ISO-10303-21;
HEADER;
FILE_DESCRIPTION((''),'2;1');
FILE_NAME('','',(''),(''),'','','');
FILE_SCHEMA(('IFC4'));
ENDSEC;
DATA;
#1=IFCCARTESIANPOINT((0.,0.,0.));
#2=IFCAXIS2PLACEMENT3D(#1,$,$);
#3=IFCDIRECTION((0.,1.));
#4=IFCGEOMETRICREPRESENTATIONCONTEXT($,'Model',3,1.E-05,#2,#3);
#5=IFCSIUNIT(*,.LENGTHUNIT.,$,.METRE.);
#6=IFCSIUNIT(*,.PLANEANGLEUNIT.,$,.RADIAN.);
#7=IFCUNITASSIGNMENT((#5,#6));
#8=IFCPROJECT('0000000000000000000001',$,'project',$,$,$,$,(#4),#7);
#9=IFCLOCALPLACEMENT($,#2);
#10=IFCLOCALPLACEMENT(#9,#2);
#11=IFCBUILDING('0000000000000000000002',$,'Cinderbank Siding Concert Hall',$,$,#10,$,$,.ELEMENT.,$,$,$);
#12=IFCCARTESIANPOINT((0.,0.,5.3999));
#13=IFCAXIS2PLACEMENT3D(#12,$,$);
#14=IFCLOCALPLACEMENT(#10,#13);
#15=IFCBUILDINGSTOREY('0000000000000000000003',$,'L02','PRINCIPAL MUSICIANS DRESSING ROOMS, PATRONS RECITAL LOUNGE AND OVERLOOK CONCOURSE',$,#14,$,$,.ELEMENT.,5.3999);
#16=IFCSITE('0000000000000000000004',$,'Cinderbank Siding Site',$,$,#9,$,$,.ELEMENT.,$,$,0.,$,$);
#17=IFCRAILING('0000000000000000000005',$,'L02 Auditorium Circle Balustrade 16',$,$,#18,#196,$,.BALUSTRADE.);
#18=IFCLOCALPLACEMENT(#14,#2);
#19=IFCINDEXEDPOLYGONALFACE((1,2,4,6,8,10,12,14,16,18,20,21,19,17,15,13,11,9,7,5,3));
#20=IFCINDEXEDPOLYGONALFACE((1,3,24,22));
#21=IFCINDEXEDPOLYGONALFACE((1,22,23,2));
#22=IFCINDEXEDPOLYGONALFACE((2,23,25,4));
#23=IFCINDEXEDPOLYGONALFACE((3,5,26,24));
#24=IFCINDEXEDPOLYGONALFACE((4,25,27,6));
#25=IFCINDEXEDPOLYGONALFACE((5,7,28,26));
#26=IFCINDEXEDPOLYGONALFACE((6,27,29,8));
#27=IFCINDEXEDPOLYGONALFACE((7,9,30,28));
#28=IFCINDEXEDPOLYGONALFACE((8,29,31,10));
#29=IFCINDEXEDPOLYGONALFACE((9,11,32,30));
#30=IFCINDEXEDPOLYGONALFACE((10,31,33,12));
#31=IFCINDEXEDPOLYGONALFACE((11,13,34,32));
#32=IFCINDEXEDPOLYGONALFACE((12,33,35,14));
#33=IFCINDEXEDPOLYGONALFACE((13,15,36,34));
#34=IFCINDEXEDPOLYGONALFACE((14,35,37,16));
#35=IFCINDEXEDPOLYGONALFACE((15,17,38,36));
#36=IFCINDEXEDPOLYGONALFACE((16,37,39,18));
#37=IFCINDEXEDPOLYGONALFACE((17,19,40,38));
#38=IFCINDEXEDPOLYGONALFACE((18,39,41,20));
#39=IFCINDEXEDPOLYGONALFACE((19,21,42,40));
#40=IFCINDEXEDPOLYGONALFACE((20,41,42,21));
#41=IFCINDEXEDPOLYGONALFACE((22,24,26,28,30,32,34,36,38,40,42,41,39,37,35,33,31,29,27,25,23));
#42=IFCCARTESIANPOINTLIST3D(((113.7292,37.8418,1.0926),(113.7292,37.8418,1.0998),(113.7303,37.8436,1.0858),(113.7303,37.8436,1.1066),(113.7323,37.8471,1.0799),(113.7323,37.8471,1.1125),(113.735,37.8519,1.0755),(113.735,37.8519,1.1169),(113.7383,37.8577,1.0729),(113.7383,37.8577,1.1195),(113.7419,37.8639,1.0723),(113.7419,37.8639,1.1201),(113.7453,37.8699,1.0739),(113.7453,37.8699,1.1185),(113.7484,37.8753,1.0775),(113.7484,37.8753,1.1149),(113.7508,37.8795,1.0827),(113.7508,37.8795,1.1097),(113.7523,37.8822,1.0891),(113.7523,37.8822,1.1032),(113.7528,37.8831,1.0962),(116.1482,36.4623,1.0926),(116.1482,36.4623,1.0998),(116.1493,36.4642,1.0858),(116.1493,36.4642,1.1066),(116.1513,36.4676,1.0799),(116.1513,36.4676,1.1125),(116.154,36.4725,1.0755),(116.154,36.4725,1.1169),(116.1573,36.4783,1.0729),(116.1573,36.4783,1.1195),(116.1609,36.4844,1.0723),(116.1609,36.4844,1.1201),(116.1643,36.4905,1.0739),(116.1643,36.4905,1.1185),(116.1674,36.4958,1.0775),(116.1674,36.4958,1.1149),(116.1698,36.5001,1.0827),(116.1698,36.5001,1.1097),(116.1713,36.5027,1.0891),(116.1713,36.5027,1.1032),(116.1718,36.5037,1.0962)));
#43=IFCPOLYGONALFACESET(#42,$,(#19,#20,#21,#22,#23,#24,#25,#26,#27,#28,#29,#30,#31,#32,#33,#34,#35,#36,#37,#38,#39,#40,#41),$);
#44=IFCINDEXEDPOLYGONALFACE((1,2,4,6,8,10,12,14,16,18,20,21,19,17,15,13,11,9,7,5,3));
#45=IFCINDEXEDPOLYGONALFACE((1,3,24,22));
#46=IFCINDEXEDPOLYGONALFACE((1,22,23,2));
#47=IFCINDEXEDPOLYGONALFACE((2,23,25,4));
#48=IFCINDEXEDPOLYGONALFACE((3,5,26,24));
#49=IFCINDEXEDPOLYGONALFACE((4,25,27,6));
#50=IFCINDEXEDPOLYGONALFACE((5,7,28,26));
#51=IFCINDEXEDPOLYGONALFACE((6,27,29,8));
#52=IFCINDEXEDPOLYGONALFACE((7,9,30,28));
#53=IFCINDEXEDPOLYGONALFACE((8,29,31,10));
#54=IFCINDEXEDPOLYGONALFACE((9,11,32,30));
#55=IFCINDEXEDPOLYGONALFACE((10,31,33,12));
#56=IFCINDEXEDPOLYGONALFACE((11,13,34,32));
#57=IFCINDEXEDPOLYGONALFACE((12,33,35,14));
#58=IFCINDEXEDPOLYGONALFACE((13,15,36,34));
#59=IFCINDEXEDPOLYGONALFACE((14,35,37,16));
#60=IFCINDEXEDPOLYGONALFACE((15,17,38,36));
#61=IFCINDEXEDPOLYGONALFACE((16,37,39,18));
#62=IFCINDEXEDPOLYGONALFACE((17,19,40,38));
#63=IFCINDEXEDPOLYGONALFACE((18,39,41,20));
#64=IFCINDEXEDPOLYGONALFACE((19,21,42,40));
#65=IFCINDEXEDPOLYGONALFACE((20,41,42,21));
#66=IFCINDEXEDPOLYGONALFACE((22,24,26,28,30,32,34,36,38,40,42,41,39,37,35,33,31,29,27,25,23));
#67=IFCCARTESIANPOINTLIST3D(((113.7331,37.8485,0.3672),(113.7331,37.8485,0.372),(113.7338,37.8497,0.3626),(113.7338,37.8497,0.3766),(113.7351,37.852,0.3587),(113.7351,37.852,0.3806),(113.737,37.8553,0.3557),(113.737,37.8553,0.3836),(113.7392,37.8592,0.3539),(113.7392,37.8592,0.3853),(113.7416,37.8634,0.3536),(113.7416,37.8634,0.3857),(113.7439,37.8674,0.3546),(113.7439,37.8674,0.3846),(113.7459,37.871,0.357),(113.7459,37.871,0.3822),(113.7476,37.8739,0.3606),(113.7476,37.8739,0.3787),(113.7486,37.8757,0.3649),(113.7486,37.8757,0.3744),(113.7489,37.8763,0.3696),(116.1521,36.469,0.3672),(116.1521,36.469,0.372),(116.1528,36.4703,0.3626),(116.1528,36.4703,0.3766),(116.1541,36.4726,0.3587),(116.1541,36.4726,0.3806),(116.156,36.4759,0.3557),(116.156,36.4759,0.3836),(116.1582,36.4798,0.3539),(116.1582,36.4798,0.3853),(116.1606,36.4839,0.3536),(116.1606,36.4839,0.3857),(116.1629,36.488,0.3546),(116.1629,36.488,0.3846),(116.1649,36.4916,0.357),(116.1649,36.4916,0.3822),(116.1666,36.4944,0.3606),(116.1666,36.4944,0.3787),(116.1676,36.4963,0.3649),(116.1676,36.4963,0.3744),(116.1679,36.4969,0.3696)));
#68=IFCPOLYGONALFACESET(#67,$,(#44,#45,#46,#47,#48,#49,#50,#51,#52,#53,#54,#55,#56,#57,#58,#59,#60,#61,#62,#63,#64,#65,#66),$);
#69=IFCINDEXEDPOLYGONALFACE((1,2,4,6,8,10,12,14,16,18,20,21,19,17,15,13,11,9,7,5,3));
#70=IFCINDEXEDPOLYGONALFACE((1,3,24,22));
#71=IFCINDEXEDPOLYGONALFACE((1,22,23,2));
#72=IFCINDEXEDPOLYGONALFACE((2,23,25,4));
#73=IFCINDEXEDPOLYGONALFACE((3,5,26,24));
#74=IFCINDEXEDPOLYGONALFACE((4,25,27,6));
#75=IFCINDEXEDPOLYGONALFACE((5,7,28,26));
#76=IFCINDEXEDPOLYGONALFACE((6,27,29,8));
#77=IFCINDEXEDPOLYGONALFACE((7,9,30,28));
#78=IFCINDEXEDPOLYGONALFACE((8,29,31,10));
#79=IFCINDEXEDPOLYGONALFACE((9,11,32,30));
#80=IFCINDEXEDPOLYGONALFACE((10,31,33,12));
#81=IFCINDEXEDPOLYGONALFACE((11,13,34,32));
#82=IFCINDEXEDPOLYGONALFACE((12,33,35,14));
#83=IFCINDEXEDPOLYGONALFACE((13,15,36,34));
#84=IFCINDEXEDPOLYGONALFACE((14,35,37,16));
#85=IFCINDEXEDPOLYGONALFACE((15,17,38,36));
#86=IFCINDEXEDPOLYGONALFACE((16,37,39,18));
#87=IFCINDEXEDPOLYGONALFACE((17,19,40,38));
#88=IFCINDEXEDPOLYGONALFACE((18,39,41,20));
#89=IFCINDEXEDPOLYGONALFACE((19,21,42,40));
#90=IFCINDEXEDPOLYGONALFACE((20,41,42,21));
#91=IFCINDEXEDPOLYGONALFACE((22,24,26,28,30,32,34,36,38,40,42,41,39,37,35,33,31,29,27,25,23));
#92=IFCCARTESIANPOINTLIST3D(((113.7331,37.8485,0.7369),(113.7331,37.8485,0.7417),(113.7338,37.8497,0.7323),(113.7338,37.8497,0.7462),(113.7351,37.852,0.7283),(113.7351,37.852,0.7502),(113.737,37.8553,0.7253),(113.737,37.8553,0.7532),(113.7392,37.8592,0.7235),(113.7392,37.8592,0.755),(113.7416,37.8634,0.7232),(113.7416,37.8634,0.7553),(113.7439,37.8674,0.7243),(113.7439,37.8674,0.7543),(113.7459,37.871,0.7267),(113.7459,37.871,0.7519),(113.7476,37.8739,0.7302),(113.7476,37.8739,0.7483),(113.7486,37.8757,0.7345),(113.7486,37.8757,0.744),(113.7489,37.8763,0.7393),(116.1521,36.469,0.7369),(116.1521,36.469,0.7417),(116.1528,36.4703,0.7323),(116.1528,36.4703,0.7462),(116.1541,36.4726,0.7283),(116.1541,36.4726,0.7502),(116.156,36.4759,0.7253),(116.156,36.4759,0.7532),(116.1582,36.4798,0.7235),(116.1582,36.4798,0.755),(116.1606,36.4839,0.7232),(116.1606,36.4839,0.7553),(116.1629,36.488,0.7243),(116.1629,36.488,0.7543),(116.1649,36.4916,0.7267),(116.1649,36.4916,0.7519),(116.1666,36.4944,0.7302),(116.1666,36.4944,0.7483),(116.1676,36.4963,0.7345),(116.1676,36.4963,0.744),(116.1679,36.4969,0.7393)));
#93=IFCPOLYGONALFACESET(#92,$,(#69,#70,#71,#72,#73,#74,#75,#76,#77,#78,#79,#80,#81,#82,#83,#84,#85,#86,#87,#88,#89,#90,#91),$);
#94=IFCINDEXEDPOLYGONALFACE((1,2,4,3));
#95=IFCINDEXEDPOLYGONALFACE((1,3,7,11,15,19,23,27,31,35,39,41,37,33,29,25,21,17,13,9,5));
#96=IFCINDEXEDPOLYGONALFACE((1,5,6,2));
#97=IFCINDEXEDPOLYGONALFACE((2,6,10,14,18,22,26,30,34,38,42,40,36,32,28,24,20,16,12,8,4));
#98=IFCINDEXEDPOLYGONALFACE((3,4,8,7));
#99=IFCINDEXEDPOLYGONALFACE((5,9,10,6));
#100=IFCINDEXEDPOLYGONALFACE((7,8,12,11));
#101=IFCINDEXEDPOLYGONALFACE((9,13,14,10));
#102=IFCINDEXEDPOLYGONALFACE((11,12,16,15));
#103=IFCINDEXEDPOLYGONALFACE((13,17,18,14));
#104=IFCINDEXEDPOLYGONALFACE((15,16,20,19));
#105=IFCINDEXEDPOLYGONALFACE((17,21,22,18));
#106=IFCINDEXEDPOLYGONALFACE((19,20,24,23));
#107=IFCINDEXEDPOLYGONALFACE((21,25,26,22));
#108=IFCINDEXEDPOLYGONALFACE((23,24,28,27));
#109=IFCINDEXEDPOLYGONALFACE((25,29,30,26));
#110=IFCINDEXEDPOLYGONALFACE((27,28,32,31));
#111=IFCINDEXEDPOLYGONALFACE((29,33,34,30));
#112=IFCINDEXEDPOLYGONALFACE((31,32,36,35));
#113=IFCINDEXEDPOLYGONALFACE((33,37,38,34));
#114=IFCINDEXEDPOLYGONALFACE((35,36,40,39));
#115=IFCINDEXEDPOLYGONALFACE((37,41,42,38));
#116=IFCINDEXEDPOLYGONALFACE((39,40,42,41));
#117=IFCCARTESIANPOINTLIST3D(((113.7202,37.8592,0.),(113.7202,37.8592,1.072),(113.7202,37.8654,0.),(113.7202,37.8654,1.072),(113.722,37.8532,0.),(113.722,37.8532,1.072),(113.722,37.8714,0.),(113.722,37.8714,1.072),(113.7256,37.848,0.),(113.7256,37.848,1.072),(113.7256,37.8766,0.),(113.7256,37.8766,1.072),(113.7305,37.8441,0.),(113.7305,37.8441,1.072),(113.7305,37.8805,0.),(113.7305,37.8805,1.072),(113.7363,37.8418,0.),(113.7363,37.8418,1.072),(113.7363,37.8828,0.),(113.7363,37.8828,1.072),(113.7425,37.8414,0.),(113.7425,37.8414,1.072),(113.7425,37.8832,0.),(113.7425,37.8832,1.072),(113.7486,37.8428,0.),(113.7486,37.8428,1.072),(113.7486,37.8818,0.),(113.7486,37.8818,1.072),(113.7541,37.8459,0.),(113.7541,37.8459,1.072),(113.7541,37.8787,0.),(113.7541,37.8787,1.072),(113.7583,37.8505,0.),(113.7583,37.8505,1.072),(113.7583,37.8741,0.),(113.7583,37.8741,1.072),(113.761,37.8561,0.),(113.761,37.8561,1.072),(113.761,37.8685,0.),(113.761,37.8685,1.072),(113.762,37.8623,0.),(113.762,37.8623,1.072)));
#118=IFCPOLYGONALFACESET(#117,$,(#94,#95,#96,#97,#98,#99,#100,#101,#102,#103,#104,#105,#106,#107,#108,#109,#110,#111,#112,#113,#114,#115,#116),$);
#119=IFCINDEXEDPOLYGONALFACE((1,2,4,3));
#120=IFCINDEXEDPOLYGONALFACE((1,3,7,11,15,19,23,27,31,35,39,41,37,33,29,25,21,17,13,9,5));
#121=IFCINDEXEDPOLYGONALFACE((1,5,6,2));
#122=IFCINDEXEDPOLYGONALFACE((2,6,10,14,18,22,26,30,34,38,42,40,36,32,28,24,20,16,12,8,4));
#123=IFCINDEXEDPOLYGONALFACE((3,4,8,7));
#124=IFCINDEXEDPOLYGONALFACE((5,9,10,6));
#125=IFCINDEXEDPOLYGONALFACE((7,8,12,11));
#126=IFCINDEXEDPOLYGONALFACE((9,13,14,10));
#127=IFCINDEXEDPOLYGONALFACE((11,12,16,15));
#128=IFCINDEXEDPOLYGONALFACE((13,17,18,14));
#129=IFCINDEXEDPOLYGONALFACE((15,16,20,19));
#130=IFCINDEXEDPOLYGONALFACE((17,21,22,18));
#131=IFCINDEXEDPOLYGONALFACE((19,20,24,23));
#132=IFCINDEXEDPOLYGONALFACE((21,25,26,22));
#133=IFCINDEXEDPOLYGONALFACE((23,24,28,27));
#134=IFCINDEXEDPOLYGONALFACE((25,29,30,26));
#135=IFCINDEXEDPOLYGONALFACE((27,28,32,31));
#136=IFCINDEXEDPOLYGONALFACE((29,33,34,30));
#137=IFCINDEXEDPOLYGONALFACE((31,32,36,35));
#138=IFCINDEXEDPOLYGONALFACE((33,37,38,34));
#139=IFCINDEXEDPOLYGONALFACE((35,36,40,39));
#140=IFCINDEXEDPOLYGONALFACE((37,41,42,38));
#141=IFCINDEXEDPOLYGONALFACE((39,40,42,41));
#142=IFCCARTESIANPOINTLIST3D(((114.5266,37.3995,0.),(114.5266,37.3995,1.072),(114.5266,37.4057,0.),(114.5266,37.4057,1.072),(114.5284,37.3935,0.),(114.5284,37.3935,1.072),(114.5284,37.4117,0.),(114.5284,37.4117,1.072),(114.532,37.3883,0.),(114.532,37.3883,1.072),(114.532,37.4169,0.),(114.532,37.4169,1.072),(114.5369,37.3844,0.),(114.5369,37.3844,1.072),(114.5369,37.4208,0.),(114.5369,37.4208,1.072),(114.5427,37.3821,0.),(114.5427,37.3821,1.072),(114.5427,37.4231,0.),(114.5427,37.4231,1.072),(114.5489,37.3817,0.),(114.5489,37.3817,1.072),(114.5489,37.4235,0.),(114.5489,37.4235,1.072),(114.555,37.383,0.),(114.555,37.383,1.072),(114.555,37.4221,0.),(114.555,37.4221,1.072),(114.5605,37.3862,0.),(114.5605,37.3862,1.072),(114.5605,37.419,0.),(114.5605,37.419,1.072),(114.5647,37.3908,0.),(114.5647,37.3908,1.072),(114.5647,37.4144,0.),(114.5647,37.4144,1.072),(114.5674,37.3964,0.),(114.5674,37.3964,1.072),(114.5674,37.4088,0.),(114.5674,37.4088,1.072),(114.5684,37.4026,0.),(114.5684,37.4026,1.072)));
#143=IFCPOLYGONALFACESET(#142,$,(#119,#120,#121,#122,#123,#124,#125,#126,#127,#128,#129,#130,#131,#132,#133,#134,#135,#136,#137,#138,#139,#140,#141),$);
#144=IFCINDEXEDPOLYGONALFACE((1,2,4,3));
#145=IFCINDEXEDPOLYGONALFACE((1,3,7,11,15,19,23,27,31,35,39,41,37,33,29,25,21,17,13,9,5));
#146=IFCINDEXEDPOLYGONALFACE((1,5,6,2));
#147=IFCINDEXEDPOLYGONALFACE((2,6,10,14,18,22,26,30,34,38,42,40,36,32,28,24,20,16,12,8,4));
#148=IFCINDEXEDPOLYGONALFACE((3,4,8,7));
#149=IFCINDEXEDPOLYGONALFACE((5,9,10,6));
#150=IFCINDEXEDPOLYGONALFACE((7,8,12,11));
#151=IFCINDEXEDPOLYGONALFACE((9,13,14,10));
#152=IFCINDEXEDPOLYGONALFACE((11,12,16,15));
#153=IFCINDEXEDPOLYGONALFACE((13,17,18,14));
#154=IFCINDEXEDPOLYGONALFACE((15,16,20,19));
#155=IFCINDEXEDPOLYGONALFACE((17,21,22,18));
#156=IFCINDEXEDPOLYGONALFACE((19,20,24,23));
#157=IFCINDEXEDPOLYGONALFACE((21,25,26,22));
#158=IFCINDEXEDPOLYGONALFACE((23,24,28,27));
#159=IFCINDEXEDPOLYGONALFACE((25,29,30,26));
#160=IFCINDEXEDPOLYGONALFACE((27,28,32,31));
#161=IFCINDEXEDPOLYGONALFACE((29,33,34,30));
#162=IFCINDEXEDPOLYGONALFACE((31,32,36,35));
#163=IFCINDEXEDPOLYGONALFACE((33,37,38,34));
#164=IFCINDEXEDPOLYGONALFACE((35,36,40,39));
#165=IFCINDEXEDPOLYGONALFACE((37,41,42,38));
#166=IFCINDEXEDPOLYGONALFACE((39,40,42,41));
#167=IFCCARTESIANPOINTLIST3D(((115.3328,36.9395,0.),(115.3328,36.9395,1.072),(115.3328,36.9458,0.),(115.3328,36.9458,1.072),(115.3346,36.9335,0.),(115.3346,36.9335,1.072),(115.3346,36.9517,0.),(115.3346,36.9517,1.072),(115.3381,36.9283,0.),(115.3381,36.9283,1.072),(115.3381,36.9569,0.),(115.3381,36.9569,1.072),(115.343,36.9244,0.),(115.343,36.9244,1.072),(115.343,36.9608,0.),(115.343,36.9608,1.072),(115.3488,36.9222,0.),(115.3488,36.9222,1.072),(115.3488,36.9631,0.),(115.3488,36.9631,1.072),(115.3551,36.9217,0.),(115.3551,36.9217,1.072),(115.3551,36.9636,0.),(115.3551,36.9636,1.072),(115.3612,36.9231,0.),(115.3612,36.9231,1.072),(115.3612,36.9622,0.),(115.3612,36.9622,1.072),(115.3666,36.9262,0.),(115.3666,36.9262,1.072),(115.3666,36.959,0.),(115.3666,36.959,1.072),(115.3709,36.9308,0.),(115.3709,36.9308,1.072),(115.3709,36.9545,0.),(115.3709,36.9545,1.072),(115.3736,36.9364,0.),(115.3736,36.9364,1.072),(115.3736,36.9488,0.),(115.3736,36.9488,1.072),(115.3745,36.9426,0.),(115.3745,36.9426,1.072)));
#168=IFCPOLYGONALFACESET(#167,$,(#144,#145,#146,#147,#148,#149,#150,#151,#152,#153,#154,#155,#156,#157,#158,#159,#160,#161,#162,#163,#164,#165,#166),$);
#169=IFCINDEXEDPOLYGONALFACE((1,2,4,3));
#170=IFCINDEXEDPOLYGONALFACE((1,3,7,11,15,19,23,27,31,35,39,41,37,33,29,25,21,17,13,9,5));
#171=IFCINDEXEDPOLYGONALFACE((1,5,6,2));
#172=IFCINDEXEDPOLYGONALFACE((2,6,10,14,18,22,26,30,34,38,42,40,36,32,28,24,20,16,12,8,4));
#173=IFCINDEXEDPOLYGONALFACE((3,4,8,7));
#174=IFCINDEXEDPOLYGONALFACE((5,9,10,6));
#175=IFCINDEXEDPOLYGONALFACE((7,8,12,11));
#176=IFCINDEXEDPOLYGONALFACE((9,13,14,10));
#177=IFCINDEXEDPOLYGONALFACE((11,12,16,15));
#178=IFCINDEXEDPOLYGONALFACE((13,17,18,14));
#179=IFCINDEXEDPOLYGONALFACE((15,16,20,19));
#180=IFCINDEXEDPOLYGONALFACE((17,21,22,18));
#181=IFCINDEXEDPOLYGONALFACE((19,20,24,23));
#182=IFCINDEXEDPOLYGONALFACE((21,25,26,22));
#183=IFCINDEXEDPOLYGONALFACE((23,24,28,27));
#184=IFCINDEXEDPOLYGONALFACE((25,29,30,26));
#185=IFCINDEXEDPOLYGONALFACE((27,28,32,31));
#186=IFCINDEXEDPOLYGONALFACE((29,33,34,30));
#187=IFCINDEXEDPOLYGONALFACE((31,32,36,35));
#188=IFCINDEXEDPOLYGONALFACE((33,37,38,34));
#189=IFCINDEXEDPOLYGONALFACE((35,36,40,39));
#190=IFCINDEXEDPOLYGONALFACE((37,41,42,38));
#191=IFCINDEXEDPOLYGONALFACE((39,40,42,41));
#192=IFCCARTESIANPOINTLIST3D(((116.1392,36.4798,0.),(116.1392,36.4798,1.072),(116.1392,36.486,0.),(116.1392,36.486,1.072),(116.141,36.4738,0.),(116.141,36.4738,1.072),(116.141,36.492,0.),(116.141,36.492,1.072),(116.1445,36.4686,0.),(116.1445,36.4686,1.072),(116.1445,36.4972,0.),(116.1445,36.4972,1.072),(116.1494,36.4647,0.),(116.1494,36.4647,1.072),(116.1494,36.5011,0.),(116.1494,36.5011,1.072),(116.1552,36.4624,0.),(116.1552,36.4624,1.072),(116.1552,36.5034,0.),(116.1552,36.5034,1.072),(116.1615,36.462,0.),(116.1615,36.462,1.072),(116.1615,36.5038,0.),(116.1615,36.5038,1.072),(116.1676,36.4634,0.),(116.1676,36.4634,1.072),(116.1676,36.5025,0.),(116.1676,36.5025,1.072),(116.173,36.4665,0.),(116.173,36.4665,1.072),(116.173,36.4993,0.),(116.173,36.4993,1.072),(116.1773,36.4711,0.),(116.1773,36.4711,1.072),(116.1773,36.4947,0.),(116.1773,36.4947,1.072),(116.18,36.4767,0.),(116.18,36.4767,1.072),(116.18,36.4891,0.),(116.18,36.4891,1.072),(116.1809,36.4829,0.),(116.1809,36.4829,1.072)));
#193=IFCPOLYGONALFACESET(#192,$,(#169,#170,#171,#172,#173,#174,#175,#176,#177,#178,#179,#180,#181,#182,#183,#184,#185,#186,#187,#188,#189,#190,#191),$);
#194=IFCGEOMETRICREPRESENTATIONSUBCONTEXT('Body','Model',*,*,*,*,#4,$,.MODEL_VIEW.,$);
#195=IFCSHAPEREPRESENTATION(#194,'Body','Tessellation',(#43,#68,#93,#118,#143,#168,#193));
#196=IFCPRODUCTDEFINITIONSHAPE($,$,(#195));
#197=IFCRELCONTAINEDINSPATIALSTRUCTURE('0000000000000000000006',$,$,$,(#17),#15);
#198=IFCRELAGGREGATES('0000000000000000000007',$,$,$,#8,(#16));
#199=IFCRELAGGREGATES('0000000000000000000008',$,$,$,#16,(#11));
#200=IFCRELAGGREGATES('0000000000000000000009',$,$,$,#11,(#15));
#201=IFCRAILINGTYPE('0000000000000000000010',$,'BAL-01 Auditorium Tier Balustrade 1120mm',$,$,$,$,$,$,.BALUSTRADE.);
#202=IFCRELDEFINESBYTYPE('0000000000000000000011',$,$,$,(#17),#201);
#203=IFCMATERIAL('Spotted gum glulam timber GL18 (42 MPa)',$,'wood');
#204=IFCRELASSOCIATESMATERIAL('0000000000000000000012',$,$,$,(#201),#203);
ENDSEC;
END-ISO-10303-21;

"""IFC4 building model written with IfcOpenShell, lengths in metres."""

from ifc_helpers import new_model, si_unit, direction, frame, origin, origin_2d, place, context, subcontext, project, spatial, circle, extrude, material, type_object, element, save


model = new_model("IFC4")

# Units and contexts
model_context = context("Model", 3, precision=1e-05, world=origin(), true_north=direction((0.0, 1.0)))
body_context = subcontext(model_context, "Body", "Model", "MODEL_VIEW")
ifc_project = project(units=[si_unit("LENGTHUNIT", "METRE"), si_unit("PLANEANGLEUNIT", "RADIAN")], contexts=[model_context])

# Site, building, storey
site_placement = place(None, origin())
site = spatial("IfcSite", under=ifc_project, at=site_placement, Name="Cinderbank Siding Site", CompositionType="ELEMENT", RefElevation=0.0)
building_placement = place(site_placement, origin())
building = spatial("IfcBuilding", under=site, at=building_placement, Name="Cinderbank Siding Concert Hall", CompositionType="ELEMENT")
storey_placement = place(building_placement, frame((0.0, 0.0, 5.3999)))
storey = spatial("IfcBuildingStorey", under=building, at=storey_placement, Name="L02", Description="PRINCIPAL MUSICIANS DRESSING ROOMS, PATRONS RECITAL LOUNGE AND OVERLOOK CONCOURSE", CompositionType="ELEMENT", Elevation=5.3999)

# Railing
ifc_material_1 = material(Name="Spotted gum glulam timber GL18 (42 MPa)", Category="wood")
railing_type = type_object("IfcRailingType", Name="BAL-01 Auditorium Tier Balustrade 1120mm", PredefinedType="BALUSTRADE", material=ifc_material_1)
railing_1_placement = place(storey_placement, frame((113.741, 37.8623, 0.0)))
element("IfcRailing", 1, at=railing_1_placement, inside=storey, type_object=railing_type, Name="L02 Auditorium Circle Balustrade 16", PredefinedType="BALUSTRADE", context=body_context, shape_type="SweptSolid", body=[
    extrude(circle(Radius=0.0239, at=origin_2d()), frame((0.0, 0.0, 1.0962), z_axis=(0.868685, -0.495365, 0.0), x_axis=(0.495365, 0.868685, 0.0)), (0.0, 0.0, 1.0), 2.7847),
    extrude(circle(Radius=0.0161, at=origin_2d()), frame((0.0, 0.0, 0.3696), z_axis=(0.868685, -0.495365, 0.0), x_axis=(0.495365, 0.868685, 0.0)), (0.0, 0.0, 1.0), 2.7847),
    extrude(circle(Radius=0.0161, at=origin_2d()), frame((0.0, 0.0, 0.7393), z_axis=(0.868685, -0.495365, 0.0), x_axis=(0.495365, 0.868685, 0.0)), (0.0, 0.0, 1.0), 2.7847),
    extrude(circle(Radius=0.021, at=origin_2d()), origin(), (0.0, 0.0, 1.0), 1.072),
    extrude(circle(Radius=0.021, at=origin_2d()), frame((0.8064, -0.4597, 0.0)), (0.0, 0.0, 1.0), 1.072),
    extrude(circle(Radius=0.021, at=origin_2d()), frame((1.6125, -0.9197, 0.0)), (0.0, 0.0, 1.0), 1.072),
    extrude(circle(Radius=0.021, at=origin_2d()), frame((2.4189, -1.3794, 0.0)), (0.0, 0.0, 1.0), 1.072),
])

save(model, "model.ifc")
